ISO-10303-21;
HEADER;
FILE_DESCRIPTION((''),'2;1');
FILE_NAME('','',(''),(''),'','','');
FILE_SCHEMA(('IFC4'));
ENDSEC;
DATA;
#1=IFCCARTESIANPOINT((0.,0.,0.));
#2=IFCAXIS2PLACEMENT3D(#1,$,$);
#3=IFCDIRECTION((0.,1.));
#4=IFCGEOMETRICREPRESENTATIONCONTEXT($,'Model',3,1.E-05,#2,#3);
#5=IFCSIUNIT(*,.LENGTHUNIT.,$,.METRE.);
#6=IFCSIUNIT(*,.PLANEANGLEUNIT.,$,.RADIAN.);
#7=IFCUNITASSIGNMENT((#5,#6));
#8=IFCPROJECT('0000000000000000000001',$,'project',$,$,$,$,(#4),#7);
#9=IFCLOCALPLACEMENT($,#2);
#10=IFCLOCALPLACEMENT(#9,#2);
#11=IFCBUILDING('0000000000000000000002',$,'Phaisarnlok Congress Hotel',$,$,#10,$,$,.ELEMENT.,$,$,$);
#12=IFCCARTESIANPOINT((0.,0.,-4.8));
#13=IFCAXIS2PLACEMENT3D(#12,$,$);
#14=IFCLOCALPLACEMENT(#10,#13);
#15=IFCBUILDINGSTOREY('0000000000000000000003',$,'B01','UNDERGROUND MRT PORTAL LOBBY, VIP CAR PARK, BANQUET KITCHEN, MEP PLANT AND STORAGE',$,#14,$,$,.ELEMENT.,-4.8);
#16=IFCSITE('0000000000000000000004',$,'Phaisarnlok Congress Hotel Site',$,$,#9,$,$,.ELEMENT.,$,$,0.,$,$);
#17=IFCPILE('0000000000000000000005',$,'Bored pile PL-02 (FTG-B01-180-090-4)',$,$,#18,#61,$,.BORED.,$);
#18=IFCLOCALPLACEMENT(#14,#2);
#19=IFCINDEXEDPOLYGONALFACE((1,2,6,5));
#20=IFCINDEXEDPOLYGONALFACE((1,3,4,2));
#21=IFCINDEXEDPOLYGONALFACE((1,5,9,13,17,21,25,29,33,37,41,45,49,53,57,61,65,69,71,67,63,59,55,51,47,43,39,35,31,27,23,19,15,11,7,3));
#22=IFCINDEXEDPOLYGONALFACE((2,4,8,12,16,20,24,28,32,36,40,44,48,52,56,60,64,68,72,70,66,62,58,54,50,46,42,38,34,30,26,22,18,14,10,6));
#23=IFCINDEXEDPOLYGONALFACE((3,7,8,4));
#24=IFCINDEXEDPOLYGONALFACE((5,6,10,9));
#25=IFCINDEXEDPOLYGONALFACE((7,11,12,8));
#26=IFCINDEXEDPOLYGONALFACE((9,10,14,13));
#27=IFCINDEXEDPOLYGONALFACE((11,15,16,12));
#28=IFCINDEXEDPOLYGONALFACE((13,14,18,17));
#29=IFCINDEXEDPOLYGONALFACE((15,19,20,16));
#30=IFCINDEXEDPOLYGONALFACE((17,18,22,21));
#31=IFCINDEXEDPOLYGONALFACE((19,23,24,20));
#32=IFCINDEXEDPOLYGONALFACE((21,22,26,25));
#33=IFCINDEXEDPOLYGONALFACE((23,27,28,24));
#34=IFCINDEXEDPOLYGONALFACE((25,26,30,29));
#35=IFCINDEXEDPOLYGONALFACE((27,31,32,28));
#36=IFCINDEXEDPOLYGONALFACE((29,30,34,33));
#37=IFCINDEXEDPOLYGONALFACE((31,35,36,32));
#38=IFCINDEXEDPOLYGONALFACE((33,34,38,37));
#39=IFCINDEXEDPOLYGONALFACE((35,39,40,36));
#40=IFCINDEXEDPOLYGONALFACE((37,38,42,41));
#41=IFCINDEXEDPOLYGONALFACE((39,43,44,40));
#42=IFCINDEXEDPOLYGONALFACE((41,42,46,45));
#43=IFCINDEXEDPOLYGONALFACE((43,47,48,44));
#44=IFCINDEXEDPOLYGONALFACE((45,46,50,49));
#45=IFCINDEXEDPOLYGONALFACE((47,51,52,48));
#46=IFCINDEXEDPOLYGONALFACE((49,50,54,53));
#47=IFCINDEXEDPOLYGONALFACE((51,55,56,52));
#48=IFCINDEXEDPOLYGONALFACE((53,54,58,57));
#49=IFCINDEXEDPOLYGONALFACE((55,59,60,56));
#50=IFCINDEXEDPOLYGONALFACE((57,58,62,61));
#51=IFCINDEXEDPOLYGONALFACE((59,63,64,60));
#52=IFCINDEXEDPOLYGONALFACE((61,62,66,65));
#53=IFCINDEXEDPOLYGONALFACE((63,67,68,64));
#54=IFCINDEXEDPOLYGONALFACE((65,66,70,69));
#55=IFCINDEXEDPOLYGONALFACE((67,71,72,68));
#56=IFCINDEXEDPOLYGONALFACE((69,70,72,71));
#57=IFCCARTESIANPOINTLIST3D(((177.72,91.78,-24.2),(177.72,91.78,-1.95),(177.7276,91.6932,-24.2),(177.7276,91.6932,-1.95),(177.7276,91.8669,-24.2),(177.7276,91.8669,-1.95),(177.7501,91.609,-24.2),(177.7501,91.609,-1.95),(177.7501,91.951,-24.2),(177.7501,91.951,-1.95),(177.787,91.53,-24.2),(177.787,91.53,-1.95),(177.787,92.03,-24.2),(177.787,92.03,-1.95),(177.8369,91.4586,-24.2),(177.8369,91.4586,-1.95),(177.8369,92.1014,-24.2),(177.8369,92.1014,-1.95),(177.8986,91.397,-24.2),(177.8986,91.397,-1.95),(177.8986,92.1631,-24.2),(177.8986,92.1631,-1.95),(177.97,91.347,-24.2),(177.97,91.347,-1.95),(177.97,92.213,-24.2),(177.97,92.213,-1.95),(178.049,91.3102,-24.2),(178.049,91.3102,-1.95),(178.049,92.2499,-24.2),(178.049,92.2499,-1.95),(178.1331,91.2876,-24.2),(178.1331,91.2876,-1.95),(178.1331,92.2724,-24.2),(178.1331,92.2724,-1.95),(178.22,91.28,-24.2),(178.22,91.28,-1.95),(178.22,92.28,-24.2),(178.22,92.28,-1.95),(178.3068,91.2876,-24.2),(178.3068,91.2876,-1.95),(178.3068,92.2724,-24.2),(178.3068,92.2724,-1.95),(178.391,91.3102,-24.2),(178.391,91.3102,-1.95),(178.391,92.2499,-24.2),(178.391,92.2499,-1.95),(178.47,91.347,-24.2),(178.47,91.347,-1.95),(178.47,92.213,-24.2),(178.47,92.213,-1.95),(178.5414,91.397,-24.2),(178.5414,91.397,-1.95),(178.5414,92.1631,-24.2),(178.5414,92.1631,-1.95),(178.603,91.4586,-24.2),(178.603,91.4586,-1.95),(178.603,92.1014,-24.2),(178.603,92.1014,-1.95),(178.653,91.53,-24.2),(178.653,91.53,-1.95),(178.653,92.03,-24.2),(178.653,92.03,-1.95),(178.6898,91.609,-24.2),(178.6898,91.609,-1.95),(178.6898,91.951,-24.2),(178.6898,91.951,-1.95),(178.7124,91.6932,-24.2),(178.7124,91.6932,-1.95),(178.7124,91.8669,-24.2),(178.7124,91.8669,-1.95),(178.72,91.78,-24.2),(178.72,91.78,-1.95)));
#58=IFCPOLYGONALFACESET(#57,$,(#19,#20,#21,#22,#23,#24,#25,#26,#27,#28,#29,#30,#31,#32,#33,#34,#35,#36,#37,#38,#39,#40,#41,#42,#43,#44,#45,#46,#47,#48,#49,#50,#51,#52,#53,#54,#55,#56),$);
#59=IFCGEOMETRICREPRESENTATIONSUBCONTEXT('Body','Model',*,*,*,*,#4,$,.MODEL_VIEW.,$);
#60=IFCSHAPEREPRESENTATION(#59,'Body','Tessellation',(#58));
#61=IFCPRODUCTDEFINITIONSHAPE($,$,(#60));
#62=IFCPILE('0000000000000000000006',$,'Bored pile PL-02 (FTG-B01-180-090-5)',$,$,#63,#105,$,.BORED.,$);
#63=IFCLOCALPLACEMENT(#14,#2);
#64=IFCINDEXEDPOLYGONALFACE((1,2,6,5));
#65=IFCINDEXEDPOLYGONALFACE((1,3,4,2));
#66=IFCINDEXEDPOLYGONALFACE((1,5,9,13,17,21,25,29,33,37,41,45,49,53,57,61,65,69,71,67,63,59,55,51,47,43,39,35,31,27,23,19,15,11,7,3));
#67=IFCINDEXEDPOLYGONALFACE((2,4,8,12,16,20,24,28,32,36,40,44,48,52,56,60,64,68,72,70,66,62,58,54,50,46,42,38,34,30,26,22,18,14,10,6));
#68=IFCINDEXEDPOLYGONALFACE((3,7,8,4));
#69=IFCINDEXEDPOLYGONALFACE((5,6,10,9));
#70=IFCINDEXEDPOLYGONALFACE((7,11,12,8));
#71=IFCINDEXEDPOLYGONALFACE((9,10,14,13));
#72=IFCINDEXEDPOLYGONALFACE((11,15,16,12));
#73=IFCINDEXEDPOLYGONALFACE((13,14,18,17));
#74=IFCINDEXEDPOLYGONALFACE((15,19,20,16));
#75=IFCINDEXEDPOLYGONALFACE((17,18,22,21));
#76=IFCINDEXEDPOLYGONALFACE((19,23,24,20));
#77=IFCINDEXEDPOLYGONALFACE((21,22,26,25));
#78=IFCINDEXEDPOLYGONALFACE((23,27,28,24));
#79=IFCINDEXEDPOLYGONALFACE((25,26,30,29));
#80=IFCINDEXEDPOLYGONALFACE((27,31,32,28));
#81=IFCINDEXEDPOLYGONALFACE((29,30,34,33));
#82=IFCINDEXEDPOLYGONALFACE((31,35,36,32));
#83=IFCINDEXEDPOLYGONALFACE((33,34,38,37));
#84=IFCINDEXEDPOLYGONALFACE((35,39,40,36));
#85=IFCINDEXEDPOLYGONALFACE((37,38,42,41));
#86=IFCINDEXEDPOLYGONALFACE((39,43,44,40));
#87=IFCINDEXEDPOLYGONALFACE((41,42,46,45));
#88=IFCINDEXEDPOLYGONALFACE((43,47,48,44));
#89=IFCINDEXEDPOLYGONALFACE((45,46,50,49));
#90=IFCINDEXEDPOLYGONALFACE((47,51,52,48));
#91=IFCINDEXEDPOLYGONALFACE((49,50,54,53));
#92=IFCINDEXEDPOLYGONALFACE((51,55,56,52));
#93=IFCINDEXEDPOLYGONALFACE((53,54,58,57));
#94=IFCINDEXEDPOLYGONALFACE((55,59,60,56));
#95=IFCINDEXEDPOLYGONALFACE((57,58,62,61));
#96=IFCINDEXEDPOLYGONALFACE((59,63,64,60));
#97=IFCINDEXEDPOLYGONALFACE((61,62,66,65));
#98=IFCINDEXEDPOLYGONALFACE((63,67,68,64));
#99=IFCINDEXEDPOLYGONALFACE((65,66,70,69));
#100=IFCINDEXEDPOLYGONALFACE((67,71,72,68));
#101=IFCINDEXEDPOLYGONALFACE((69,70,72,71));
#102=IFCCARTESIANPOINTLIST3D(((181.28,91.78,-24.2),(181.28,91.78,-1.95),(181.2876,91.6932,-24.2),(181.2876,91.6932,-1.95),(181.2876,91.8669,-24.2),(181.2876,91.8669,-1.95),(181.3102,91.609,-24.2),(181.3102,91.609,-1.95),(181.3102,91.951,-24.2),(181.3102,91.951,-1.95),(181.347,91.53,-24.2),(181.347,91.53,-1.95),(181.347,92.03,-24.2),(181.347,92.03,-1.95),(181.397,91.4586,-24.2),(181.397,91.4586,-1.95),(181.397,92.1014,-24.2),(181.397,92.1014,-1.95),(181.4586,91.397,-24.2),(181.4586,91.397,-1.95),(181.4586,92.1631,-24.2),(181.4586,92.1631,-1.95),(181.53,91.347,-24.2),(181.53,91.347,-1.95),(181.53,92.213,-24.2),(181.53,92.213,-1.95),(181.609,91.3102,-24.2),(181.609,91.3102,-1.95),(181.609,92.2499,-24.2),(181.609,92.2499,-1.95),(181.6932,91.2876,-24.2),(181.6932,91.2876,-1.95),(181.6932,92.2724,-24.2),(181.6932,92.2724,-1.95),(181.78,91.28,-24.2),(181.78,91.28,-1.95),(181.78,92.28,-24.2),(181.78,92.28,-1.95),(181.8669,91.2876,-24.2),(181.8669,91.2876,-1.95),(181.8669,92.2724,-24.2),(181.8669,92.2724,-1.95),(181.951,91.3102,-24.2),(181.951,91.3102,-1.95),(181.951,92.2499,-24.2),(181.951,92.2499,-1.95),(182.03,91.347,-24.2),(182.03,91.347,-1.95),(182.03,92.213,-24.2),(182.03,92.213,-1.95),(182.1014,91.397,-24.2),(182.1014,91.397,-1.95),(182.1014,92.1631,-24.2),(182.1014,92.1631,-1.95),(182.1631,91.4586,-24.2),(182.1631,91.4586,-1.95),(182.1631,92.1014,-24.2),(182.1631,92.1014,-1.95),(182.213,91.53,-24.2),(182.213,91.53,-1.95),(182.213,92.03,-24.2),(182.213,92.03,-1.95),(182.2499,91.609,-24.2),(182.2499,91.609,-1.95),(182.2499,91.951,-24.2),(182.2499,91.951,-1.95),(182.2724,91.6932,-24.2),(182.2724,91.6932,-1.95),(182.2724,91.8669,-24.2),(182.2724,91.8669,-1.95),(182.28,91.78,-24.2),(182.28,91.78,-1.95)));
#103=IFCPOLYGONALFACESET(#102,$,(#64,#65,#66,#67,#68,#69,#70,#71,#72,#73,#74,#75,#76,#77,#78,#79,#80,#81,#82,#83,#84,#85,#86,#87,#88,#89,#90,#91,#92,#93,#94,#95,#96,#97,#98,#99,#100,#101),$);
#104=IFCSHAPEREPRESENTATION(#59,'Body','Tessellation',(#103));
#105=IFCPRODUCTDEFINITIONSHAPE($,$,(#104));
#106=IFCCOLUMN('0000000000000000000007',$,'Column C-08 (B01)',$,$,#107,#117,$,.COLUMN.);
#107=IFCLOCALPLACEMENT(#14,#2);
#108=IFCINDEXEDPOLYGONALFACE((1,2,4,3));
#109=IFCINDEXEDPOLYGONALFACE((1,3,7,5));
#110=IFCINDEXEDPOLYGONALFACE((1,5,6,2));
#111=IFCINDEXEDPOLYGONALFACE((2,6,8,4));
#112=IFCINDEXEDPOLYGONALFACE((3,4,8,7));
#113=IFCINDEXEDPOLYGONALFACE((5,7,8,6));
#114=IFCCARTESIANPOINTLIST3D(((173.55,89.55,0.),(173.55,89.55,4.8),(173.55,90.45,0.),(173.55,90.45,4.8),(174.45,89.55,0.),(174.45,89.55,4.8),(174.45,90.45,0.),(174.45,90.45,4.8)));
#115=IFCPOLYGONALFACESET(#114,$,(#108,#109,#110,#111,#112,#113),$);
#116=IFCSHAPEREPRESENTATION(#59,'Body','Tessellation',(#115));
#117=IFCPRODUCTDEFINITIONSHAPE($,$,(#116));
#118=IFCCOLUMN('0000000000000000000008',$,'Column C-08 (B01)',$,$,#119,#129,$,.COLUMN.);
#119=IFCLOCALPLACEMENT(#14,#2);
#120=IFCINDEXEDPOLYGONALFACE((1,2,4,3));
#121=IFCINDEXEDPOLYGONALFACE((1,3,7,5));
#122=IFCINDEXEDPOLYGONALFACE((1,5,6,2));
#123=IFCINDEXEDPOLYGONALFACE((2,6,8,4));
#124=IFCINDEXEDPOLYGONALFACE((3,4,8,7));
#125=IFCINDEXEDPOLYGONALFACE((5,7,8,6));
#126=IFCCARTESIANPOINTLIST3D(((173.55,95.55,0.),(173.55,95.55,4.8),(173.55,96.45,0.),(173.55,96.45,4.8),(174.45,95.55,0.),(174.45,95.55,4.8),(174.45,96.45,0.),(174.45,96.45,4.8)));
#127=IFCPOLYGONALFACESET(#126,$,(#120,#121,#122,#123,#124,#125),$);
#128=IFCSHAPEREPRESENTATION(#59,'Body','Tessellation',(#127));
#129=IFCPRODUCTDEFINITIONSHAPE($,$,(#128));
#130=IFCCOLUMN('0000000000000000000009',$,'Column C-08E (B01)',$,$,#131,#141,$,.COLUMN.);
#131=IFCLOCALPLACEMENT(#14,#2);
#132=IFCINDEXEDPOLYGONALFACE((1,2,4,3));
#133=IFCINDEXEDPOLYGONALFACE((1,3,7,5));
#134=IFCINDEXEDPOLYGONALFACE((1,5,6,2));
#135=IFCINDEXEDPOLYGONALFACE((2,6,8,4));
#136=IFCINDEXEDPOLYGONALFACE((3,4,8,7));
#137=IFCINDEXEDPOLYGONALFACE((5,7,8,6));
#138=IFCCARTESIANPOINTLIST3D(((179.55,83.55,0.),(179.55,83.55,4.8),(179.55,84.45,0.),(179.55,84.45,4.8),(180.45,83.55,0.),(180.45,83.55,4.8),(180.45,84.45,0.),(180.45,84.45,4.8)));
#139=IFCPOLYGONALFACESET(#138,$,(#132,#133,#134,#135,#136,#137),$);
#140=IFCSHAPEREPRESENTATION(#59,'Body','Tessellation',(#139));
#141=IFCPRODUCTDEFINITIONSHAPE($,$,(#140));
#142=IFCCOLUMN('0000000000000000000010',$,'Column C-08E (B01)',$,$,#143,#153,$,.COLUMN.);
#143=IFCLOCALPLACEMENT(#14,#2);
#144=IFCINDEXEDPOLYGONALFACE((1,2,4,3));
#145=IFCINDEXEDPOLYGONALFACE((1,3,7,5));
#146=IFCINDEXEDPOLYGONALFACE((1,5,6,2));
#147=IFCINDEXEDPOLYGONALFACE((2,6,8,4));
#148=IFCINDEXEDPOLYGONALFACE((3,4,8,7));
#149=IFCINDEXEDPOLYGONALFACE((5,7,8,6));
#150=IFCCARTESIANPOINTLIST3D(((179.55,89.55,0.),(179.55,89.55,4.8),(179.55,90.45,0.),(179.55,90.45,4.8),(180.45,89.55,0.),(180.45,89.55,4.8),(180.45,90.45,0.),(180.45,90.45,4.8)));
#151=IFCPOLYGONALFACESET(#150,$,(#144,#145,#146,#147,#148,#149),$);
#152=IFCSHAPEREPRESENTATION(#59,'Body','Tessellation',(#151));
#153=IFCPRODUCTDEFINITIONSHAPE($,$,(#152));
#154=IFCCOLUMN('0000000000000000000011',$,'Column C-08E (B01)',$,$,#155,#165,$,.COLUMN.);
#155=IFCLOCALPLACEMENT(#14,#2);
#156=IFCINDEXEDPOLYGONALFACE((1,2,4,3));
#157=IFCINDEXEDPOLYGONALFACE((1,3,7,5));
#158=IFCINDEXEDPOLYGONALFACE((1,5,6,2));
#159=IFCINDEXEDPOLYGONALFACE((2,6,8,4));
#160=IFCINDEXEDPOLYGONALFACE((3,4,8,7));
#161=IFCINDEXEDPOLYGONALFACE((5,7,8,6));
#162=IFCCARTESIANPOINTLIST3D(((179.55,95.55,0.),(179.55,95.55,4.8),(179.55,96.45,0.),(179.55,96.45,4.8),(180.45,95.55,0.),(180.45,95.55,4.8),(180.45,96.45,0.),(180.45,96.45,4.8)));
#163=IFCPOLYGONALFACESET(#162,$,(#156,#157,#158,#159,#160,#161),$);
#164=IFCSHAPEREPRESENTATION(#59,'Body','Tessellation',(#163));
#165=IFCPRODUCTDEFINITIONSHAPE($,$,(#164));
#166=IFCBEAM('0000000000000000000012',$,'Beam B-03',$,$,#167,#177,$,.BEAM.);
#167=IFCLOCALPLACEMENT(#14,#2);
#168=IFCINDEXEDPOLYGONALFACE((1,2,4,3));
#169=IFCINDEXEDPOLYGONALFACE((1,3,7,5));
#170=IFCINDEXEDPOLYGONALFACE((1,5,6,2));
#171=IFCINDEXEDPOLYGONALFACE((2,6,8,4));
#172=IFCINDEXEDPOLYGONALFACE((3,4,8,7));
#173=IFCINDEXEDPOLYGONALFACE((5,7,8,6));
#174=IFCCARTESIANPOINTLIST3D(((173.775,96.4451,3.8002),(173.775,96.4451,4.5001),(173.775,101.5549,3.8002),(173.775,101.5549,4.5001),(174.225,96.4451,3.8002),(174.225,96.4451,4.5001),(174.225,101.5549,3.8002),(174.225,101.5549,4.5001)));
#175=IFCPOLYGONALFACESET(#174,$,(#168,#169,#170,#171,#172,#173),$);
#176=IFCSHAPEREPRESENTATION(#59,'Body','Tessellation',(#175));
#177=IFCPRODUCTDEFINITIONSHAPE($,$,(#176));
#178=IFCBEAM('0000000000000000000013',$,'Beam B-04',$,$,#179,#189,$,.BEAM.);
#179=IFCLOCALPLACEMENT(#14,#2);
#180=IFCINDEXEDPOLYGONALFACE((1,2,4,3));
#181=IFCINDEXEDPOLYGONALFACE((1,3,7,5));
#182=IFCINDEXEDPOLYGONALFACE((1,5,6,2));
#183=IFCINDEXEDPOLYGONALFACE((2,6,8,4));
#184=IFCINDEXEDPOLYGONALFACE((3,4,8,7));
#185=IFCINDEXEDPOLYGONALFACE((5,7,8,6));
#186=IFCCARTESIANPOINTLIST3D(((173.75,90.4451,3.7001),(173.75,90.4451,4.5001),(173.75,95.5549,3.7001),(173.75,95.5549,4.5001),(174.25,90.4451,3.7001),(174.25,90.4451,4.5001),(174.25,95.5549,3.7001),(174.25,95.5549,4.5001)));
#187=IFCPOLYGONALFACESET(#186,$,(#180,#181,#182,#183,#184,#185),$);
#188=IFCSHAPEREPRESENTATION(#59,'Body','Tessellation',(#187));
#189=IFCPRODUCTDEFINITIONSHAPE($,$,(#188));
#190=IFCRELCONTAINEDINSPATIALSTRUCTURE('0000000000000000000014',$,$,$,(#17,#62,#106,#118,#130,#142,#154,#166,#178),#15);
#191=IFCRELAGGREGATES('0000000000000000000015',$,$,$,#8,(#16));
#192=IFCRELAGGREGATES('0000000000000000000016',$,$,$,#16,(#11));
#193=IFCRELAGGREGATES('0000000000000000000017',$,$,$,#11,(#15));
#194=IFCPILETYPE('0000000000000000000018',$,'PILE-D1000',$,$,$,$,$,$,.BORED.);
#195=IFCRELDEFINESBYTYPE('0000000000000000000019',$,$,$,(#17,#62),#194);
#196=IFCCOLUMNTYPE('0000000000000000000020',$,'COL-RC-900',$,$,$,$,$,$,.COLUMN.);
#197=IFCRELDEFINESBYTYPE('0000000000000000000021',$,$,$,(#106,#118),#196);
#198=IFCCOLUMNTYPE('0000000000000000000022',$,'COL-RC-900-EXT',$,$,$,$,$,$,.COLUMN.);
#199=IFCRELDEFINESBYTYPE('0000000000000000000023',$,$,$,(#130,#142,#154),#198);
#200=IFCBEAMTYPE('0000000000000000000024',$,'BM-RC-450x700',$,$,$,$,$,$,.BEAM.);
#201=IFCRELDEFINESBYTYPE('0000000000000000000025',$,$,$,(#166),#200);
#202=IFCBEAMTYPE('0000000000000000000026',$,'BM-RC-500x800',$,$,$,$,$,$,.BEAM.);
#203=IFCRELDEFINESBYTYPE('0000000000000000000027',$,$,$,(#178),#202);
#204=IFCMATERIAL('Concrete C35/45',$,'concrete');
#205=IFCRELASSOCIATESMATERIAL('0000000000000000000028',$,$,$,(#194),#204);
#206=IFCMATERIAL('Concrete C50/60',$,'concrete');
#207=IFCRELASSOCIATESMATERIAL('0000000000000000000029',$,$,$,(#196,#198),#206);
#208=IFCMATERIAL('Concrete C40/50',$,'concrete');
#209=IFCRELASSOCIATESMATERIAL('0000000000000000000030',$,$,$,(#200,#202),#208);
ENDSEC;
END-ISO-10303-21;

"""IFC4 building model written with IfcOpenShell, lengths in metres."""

from ifc_helpers import new_model, si_unit, direction, frame, origin, origin_2d, place, context, subcontext, project, spatial, rectangle, circle, extrude, material, material_profile, profile_set, type_object, element, save


model = new_model("IFC4")

# Units and contexts
model_context = context("Model", 3, precision=1e-05, world=origin(), true_north=direction((0.0, 1.0)))
body_context = subcontext(model_context, "Body", "Model", "MODEL_VIEW")
ifc_project = project(units=[si_unit("LENGTHUNIT", "METRE"), si_unit("PLANEANGLEUNIT", "RADIAN")], contexts=[model_context])

# Site, building, storey
site_placement = place(None, origin())
site = spatial("IfcSite", under=ifc_project, at=site_placement, Name="Phaisarnlok Congress Hotel Site", CompositionType="ELEMENT", RefElevation=0.0)
building_placement = place(site_placement, origin())
building = spatial("IfcBuilding", under=site, at=building_placement, Name="Phaisarnlok Congress Hotel", CompositionType="ELEMENT")
storey_placement = place(building_placement, frame((0.0, 0.0, -4.8)))
storey = spatial("IfcBuildingStorey", under=building, at=storey_placement, Name="B01", Description="UNDERGROUND MRT PORTAL LOBBY, VIP CAR PARK, BANQUET KITCHEN, MEP PLANT AND STORAGE", CompositionType="ELEMENT", Elevation=-4.8)

# Shared definitions
ifc_material_1 = material(Name="Concrete C40/50", Category="concrete")

# Piles
ifc_material_2 = material(Name="Concrete C35/45", Category="concrete")
ifc_material_profile_1 = material_profile(ifc_material_2, circle(Radius=0.5, at=origin_2d()), Name="BORED PILE D1000")
ifc_profile_set_1 = profile_set([ifc_material_profile_1], Name="Concrete C35/45")
pile_type = type_object("IfcPileType", Name="PILE-D1000", PredefinedType="BORED", material=ifc_profile_set_1)
for number, where, z_axis, x_axis, name in (
    (1, (178.22, 91.78, -1.95), (0.0, 0.0, -1.0), (1.0, 0.0, 0.0), "Bored pile PL-02 (FTG-B01-180-090-4)"),
    (2, (181.78, 91.78, -1.95), (0.0, 0.0, -1.0), (1.0, 0.0, 0.0), "Bored pile PL-02 (FTG-B01-180-090-5)"),
):
    element("IfcPile", number, at=place(storey_placement, frame(where, z_axis=z_axis, x_axis=x_axis)), inside=storey, type_object=pile_type, Name=name, PredefinedType="BORED", context=body_context, shape_type="SweptSolid", body=[
        extrude(circle(Radius=0.5, at=origin_2d()), origin(), (0.0, 0.0, 1.0), 22.25),
    ])

# Columns
ifc_material_3 = material(Name="Concrete C50/60", Category="concrete")
ifc_material_profile_2 = material_profile(ifc_material_3, rectangle(XDim=0.8999, YDim=0.8999, at=origin_2d()), Name="RC 900x900")
ifc_profile_set_2 = profile_set([ifc_material_profile_2], Name="Concrete C50/60")
column_type_1 = type_object("IfcColumnType", Name="COL-RC-900", PredefinedType="COLUMN", material=ifc_profile_set_2)
for number, where, z_axis, x_axis, name in (
    (3, (174.0, 90.0, 0.0), (0.0, 0.0, 1.0), (1.0, 0.0, 0.0), "Column C-08 (B01)"),
    (4, (174.0, 96.0, 0.0), (0.0, 0.0, 1.0), (1.0, 0.0, 0.0), "Column C-08 (B01)"),
):
    element("IfcColumn", number, at=place(storey_placement, frame(where, z_axis=z_axis, x_axis=x_axis)), inside=storey, type_object=column_type_1, Name=name, PredefinedType="COLUMN", context=body_context, shape_type="SweptSolid", body=[
        extrude(rectangle(XDim=0.8999, YDim=0.8999, at=origin_2d()), origin(), (0.0, 0.0, 1.0), 4.8),
    ])
ifc_material_profile_3 = material_profile(ifc_material_3, rectangle(XDim=0.8999, YDim=0.8999, at=origin_2d()), Name="RC 900x900")
ifc_profile_set_3 = profile_set([ifc_material_profile_3], Name="Concrete C50/60")
column_type_2 = type_object("IfcColumnType", Name="COL-RC-900-EXT", PredefinedType="COLUMN", material=ifc_profile_set_3)
for number, where, z_axis, x_axis, name in (
    (5, (180.0, 84.0, 0.0), (0.0, 0.0, 1.0), (1.0, 0.0, 0.0), "Column C-08E (B01)"),
    (6, (180.0, 90.0, 0.0), (0.0, 0.0, 1.0), (1.0, 0.0, 0.0), "Column C-08E (B01)"),
    (7, (180.0, 96.0, 0.0), (0.0, 0.0, 1.0), (1.0, 0.0, 0.0), "Column C-08E (B01)"),
):
    element("IfcColumn", number, at=place(storey_placement, frame(where, z_axis=z_axis, x_axis=x_axis)), inside=storey, type_object=column_type_2, Name=name, PredefinedType="COLUMN", context=body_context, shape_type="SweptSolid", body=[
        extrude(rectangle(XDim=0.8999, YDim=0.8999, at=origin_2d()), origin(), (0.0, 0.0, 1.0), 4.8),
    ])

# Beams
ifc_material_profile_4 = material_profile(ifc_material_1, rectangle(XDim=0.45, YDim=0.7, at=origin_2d()), Name="RC 450x700")
ifc_profile_set_4 = profile_set([ifc_material_profile_4], Name="Concrete C40/50")
beam_type_1 = type_object("IfcBeamType", Name="BM-RC-450x700", PredefinedType="BEAM", material=ifc_profile_set_4)
beam_1_placement = place(storey_placement, frame((174.0, 96.4451, 4.1501), z_axis=(0.0, 1.0, 0.0), x_axis=(-1.0, 0.0, 0.0)))
element("IfcBeam", 8, at=beam_1_placement, inside=storey, type_object=beam_type_1, Name="Beam B-03", PredefinedType="BEAM", context=body_context, shape_type="SweptSolid", body=[
    extrude(rectangle(XDim=0.45, YDim=0.7, at=origin_2d()), origin(), (0.0, 0.0, 1.0), 5.1099),
])
ifc_material_profile_5 = material_profile(ifc_material_1, rectangle(XDim=0.5, YDim=0.8, at=origin_2d()), Name="RC 500x800")
ifc_profile_set_5 = profile_set([ifc_material_profile_5], Name="Concrete C40/50")
beam_type_2 = type_object("IfcBeamType", Name="BM-RC-500x800", PredefinedType="BEAM", material=ifc_profile_set_5)
beam_2_placement = place(storey_placement, frame((174.0, 90.4451, 4.1001), z_axis=(0.0, 1.0, 0.0), x_axis=(-1.0, 0.0, 0.0)))
element("IfcBeam", 9, at=beam_2_placement, inside=storey, type_object=beam_type_2, Name="Beam B-04", PredefinedType="BEAM", context=body_context, shape_type="SweptSolid", body=[
    extrude(rectangle(XDim=0.5, YDim=0.8, at=origin_2d()), origin(), (0.0, 0.0, 1.0), 5.1099),
])

save(model, "model.ifc")
